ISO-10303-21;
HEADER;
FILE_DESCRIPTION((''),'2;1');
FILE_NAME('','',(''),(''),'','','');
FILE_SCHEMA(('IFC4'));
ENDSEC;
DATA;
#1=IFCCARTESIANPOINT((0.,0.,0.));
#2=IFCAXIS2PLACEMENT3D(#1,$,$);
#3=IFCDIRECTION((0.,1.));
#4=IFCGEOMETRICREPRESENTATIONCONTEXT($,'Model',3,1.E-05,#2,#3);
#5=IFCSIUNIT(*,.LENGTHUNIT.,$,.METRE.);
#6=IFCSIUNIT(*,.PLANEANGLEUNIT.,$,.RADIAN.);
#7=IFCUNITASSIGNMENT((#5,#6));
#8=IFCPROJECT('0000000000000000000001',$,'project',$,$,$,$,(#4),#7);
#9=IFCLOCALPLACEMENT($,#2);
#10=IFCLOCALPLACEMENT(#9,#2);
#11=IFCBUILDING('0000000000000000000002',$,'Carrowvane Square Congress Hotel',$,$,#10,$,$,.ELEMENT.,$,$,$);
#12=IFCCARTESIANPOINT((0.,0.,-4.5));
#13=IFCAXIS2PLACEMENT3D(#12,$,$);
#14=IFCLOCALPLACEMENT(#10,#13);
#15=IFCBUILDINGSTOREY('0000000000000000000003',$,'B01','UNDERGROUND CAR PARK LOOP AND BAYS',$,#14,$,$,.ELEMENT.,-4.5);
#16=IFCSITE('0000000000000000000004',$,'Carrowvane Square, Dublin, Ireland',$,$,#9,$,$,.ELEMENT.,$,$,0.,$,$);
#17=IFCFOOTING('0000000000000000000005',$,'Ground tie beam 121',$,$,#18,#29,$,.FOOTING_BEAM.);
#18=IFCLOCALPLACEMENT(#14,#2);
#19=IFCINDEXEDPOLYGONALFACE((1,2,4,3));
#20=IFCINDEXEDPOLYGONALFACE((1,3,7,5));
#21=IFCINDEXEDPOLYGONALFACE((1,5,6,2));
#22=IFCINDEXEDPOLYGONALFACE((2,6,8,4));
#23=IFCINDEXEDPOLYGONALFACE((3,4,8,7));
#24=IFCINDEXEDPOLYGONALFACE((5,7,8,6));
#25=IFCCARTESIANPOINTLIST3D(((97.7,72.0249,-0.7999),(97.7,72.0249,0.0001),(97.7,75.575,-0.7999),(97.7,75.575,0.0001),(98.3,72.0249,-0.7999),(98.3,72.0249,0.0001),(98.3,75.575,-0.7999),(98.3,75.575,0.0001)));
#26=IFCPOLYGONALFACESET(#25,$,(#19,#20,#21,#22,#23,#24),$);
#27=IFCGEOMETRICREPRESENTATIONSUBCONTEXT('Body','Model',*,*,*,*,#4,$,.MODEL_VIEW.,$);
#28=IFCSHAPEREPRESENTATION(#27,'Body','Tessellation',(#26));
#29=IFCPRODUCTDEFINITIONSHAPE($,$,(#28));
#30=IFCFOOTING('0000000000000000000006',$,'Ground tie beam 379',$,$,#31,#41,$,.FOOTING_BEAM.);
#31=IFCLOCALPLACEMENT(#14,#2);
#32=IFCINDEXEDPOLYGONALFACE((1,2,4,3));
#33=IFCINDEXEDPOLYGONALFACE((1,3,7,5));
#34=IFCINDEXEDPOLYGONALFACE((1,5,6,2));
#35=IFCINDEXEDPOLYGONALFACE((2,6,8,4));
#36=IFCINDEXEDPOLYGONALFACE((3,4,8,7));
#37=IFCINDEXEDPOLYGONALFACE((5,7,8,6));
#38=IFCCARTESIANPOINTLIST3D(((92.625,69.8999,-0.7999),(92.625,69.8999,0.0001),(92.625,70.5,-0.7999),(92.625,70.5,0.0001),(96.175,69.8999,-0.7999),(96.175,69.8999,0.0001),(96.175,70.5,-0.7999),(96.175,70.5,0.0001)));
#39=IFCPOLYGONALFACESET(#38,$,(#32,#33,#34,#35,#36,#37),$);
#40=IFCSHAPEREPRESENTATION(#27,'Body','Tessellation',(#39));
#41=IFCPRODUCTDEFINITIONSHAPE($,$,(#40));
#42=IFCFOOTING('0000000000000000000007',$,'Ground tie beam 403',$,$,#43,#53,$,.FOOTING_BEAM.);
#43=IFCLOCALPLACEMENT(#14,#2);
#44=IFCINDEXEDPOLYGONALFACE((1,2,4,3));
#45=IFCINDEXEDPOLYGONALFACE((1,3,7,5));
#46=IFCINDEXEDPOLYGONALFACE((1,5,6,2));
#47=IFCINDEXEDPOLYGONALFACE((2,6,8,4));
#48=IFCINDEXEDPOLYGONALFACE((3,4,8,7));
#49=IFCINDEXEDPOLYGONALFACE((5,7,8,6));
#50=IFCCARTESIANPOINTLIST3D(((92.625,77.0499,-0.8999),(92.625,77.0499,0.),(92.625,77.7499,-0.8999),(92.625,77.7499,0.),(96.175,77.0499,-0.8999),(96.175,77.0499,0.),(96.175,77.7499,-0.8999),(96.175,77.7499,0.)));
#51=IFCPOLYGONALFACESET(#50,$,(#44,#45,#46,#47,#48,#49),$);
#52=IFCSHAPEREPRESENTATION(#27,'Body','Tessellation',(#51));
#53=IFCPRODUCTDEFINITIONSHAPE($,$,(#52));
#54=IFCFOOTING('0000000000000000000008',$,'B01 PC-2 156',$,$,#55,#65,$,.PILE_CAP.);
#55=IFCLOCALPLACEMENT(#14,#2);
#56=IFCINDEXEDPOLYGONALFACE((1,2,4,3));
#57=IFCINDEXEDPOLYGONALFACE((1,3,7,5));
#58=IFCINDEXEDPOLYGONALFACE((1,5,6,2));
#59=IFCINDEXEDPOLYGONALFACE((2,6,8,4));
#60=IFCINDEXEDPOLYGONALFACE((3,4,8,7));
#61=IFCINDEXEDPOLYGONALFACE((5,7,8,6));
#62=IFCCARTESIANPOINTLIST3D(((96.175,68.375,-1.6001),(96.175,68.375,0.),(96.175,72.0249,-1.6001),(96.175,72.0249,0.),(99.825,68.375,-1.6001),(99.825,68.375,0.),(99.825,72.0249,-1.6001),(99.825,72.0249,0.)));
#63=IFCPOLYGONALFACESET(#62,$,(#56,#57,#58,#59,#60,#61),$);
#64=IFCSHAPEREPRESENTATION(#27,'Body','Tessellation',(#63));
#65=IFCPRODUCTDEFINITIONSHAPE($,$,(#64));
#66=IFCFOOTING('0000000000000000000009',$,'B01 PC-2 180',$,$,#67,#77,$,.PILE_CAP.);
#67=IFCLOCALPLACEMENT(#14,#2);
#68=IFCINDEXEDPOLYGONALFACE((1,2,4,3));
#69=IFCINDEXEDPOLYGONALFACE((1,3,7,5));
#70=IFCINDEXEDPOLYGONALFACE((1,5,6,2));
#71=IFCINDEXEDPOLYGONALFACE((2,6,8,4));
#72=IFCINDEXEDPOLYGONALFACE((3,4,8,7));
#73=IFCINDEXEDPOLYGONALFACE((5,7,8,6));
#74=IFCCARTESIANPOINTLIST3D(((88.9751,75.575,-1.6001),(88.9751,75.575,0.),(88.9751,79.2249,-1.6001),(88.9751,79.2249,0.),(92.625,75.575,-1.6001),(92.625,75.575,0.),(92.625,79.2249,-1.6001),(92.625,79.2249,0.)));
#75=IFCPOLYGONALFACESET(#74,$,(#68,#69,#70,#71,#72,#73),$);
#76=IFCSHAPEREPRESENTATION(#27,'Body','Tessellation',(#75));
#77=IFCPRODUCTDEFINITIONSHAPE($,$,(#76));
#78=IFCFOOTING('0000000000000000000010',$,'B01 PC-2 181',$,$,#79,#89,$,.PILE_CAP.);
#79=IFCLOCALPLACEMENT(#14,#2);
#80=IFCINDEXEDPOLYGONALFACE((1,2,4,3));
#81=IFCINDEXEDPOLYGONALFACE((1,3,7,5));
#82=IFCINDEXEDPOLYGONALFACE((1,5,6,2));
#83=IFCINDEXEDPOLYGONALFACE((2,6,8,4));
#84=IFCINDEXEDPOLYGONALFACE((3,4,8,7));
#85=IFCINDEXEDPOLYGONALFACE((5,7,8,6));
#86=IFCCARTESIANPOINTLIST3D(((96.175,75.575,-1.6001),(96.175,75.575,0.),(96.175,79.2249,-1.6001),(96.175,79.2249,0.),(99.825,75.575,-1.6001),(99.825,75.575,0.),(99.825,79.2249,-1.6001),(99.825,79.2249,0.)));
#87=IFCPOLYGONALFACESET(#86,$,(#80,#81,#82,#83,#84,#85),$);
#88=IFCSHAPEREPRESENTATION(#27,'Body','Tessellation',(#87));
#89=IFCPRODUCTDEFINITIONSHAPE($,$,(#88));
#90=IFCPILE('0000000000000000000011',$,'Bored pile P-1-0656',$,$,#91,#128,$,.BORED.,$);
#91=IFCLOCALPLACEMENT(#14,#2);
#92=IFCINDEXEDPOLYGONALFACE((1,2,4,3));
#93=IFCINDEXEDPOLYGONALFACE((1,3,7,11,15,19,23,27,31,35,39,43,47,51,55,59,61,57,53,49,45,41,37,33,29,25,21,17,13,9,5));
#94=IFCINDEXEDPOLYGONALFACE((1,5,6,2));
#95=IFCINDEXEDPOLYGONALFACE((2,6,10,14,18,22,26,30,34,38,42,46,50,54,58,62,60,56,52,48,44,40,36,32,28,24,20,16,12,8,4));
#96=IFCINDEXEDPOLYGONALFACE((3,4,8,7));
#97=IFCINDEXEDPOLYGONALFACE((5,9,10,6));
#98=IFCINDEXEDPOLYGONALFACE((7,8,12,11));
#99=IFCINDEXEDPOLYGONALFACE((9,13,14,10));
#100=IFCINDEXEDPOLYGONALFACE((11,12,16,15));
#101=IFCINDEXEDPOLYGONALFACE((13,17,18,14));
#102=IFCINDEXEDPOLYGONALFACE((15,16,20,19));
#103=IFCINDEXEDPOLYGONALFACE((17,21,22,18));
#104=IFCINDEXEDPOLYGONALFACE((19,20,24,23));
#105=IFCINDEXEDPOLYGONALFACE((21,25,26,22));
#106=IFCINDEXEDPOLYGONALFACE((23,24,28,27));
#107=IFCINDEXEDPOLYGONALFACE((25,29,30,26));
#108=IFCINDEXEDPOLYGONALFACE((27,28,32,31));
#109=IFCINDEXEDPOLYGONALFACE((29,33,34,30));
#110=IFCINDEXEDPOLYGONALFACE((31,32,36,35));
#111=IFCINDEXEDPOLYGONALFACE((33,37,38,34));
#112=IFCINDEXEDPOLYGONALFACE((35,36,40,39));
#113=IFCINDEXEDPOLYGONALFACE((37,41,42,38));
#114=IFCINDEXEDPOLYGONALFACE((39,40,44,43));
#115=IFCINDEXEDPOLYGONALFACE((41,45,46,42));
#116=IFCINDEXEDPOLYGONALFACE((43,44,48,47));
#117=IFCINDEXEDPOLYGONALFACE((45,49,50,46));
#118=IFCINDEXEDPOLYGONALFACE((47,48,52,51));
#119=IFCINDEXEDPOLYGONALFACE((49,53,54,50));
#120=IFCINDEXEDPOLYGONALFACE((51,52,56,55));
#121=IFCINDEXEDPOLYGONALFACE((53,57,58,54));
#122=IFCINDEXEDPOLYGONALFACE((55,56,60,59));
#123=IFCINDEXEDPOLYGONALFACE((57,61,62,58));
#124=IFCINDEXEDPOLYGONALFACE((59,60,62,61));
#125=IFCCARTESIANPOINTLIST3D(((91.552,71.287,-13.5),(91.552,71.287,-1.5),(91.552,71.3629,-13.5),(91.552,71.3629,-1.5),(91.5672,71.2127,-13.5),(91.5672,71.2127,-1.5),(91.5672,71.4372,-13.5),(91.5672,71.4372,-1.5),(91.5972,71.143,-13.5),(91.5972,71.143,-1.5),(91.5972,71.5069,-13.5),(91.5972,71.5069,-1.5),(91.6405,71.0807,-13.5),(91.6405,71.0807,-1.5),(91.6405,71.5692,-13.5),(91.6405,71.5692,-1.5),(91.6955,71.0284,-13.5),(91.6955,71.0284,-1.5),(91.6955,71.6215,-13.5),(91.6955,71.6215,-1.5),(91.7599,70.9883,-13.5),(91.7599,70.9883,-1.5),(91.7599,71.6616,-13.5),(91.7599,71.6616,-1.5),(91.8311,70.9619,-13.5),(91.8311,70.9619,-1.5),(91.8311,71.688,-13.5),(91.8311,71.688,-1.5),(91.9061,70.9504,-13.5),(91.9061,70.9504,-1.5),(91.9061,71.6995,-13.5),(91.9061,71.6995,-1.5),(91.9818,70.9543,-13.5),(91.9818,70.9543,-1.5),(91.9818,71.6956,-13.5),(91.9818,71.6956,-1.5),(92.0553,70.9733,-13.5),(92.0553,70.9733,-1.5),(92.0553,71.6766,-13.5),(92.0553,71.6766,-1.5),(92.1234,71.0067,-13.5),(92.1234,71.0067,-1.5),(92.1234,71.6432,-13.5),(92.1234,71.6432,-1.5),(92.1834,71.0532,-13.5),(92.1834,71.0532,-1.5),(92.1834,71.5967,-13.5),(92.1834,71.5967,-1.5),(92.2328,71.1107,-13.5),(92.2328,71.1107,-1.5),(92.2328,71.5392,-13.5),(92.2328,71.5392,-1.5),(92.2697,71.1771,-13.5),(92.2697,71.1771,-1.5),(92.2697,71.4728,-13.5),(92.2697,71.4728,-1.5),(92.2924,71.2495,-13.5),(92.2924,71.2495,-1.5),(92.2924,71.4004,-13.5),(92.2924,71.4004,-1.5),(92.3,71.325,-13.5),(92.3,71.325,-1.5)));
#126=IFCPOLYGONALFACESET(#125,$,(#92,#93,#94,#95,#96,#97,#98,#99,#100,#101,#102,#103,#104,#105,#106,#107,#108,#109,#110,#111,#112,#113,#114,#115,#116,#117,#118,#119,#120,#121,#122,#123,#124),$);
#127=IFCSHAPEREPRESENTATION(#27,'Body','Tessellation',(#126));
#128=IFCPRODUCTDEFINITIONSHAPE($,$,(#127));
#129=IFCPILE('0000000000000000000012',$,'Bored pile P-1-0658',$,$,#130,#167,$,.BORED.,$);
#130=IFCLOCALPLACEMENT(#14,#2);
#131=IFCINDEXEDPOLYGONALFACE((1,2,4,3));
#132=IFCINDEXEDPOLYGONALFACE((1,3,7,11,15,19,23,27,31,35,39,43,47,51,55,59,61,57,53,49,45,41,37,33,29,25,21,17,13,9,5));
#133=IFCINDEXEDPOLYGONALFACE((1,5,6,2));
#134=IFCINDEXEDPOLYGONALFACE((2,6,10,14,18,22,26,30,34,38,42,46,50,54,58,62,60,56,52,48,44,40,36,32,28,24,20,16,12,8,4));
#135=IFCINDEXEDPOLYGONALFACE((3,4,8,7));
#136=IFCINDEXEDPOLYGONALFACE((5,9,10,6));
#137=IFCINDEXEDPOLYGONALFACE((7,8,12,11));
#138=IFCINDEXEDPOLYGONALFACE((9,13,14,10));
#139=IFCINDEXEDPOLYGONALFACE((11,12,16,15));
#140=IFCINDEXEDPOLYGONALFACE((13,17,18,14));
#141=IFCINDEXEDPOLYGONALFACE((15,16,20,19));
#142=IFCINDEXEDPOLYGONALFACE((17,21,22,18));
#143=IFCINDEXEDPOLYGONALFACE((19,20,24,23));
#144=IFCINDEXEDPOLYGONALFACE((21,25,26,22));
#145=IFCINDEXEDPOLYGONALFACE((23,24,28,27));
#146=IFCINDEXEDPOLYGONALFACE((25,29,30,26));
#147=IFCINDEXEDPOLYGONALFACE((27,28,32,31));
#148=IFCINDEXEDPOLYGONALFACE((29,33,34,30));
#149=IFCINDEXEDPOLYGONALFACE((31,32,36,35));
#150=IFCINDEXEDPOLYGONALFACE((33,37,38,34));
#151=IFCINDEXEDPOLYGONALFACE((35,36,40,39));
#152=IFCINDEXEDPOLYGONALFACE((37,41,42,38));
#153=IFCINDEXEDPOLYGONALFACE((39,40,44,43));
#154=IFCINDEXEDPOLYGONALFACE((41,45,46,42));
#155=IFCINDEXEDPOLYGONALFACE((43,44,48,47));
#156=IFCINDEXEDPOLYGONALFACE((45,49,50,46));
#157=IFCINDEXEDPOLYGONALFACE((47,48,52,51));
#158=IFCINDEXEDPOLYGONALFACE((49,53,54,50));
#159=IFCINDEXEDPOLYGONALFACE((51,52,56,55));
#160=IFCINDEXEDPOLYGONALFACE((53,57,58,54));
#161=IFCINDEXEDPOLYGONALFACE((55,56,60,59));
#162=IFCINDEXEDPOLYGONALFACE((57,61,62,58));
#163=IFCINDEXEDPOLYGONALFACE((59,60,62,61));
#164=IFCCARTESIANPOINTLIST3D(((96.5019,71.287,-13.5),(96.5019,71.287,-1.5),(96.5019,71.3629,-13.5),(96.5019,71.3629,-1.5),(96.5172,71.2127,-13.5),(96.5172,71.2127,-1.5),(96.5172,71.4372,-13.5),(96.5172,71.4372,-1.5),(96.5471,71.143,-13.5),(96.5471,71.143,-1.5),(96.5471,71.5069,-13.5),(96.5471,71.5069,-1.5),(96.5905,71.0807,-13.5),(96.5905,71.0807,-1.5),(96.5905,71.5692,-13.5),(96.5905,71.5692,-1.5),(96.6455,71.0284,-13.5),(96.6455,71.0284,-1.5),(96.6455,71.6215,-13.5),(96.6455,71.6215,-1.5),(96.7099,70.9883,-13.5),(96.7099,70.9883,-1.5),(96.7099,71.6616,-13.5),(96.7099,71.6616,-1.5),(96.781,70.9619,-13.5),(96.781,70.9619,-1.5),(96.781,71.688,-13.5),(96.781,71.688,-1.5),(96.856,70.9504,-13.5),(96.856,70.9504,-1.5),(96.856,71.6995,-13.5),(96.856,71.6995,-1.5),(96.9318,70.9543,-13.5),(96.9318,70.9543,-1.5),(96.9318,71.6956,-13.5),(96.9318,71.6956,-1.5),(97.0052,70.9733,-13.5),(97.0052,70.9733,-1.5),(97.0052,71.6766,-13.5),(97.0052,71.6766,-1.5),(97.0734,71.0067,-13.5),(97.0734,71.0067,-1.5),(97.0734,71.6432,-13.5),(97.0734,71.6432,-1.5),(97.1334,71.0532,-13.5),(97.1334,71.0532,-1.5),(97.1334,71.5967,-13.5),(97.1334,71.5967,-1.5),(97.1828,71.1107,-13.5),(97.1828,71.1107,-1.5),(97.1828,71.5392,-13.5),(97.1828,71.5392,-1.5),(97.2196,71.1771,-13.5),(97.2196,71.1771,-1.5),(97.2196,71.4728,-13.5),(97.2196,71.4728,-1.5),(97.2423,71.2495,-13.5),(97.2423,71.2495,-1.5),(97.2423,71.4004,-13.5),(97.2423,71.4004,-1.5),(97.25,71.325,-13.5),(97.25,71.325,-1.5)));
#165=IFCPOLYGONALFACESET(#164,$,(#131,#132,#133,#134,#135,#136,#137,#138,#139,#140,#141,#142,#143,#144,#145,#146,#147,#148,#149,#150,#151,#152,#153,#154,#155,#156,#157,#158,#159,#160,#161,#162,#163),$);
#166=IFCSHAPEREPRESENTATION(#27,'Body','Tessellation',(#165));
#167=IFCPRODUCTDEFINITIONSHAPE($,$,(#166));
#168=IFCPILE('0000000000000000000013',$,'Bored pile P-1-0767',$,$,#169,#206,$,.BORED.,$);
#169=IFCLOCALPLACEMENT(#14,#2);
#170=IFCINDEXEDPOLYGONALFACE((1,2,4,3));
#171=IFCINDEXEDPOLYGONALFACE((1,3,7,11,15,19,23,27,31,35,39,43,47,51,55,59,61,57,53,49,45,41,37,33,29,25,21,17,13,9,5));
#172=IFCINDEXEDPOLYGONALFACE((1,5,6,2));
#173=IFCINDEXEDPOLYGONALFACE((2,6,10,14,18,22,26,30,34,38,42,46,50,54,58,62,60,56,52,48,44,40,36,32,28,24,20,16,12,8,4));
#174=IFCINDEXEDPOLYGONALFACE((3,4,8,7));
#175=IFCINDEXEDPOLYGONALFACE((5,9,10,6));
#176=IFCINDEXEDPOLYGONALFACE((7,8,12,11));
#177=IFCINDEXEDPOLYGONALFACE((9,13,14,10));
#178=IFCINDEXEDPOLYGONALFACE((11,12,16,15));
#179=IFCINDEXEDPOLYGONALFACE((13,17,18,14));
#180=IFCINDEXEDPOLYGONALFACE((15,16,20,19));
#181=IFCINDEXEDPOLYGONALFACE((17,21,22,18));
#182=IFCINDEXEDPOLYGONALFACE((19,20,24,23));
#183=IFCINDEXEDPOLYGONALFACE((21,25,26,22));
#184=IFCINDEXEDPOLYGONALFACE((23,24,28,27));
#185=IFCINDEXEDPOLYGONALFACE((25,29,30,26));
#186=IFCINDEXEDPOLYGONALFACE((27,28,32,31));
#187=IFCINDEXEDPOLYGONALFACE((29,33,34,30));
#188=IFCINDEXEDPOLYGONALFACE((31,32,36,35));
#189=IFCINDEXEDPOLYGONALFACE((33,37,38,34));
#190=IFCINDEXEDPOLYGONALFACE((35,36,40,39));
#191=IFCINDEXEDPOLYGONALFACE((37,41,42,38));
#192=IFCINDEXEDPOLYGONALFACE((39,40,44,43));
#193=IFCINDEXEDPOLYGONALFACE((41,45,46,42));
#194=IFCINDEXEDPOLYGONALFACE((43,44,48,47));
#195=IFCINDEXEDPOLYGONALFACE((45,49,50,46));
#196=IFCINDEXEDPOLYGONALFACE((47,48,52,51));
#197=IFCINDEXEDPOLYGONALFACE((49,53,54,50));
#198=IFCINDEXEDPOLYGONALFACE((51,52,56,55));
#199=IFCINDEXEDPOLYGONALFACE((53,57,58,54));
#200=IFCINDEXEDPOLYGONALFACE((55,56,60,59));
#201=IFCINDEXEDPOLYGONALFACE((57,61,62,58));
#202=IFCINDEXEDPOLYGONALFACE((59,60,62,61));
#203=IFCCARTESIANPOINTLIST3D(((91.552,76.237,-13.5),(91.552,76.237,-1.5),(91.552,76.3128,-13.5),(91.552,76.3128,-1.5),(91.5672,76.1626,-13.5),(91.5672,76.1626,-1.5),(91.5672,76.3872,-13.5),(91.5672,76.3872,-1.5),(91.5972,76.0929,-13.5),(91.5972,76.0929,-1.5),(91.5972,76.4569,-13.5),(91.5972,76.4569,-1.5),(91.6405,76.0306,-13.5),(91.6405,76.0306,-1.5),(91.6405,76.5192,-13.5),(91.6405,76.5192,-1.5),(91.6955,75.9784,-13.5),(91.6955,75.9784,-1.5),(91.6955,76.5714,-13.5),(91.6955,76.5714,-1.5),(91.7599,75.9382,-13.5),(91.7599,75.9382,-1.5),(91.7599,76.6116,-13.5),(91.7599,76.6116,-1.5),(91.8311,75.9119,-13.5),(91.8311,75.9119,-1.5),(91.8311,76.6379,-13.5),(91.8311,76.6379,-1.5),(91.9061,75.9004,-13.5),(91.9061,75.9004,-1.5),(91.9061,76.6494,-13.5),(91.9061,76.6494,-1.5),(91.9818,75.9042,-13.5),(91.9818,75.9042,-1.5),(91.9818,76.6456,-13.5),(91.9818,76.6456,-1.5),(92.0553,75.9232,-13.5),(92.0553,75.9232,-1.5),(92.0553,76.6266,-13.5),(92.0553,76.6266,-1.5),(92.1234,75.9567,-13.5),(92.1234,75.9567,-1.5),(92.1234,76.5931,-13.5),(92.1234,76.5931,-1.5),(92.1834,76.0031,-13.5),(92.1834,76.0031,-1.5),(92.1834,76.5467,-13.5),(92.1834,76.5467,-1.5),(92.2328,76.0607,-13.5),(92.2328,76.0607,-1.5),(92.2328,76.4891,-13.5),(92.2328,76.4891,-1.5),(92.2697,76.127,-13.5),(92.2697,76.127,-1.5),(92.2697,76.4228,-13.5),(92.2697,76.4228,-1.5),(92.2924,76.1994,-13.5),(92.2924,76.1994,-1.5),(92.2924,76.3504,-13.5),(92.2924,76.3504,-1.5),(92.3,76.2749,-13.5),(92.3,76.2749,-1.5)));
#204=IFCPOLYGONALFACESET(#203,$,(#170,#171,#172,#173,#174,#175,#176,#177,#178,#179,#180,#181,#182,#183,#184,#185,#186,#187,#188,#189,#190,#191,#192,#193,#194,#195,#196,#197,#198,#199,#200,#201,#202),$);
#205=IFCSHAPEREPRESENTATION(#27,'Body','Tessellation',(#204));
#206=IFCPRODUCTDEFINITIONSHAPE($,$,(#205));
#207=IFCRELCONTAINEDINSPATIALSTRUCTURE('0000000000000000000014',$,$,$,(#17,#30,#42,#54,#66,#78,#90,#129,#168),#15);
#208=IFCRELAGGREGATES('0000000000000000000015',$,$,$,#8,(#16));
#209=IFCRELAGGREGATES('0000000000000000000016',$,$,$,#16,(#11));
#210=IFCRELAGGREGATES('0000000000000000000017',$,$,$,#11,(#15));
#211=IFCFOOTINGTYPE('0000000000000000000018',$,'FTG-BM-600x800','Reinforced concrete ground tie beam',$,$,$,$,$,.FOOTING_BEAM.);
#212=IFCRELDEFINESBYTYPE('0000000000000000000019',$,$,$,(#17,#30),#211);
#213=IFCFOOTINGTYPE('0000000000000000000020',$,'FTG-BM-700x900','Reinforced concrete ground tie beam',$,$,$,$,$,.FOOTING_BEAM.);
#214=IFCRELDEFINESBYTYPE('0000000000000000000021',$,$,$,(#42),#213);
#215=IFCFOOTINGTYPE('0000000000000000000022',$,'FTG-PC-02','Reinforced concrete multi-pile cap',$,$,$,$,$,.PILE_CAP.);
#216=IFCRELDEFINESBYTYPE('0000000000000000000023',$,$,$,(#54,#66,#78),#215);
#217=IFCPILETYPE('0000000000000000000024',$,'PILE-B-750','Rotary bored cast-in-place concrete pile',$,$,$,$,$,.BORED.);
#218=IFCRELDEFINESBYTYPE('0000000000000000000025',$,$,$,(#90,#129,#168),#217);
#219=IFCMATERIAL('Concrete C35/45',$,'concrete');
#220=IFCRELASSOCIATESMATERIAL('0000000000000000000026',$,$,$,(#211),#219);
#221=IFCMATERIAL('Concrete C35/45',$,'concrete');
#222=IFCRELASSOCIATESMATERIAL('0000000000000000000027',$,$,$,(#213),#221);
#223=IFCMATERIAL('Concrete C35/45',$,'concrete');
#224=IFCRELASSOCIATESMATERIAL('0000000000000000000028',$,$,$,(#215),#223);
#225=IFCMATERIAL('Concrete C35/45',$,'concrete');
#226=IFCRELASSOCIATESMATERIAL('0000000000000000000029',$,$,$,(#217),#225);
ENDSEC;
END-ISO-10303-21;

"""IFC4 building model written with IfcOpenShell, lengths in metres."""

from ifc_helpers import new_model, si_unit, direction, frame, origin, origin_2d, place, context, subcontext, project, spatial, rectangle, circle, extrude, material, material_profile, profile_set, type_object, element, save


model = new_model("IFC4")

# Units and contexts
model_context = context("Model", 3, precision=1e-05, world=origin(), true_north=direction((0.0, 1.0)))
body_context = subcontext(model_context, "Body", "Model", "MODEL_VIEW")
ifc_project = project(units=[si_unit("LENGTHUNIT", "METRE"), si_unit("PLANEANGLEUNIT", "RADIAN")], contexts=[model_context])

# Site, building, storey
site_placement = place(None, origin())
site = spatial("IfcSite", under=ifc_project, at=site_placement, Name="Carrowvane Square, Dublin, Ireland", CompositionType="ELEMENT", RefElevation=0.0)
building_placement = place(site_placement, origin())
building = spatial("IfcBuilding", under=site, at=building_placement, Name="Carrowvane Square Congress Hotel", CompositionType="ELEMENT")
storey_placement = place(building_placement, frame((0.0, 0.0, -4.5)))
storey = spatial("IfcBuildingStorey", under=building, at=storey_placement, Name="B01", Description="UNDERGROUND CAR PARK LOOP AND BAYS", CompositionType="ELEMENT", Elevation=-4.5)

# Footings
ifc_material_1 = material(Name="Concrete C35/45", Category="concrete")
ifc_material_profile_1 = material_profile(ifc_material_1, rectangle(XDim=0.6001, YDim=0.8, at=origin_2d()), Name="RC 600x800")
ifc_profile_set_1 = profile_set([ifc_material_profile_1], Name="Concrete C35/45")
footing_type_1 = type_object("IfcFootingType", Name="FTG-BM-600x800", Description="Reinforced concrete ground tie beam", PredefinedType="FOOTING_BEAM", material=ifc_profile_set_1)
for number, where, z_axis, x_axis, name in (
    (1, (98.0, 72.0249, -0.3999), (0.0, 1.0, 0.0), (-1.0, 0.0, 0.0), "Ground tie beam 121"),
    (2, (92.625, 70.2, -0.3999), (1.0, 0.0, 0.0), (0.0, 1.0, 0.0), "Ground tie beam 379"),
):
    element("IfcFooting", number, at=place(storey_placement, frame(where, z_axis=z_axis, x_axis=x_axis)), inside=storey, type_object=footing_type_1, Name=name, PredefinedType="FOOTING_BEAM", context=body_context, shape_type="SweptSolid", body=[
        extrude(rectangle(XDim=0.6001, YDim=0.8, at=origin_2d()), origin(), (0.0, 0.0, 1.0), 3.55),
    ])
ifc_material_2 = material(Name="Concrete C35/45", Category="concrete")
ifc_material_profile_2 = material_profile(ifc_material_2, rectangle(XDim=0.7, YDim=0.8999, at=origin_2d()), Name="RC 700x900")
ifc_profile_set_2 = profile_set([ifc_material_profile_2], Name="Concrete C35/45")
footing_type_2 = type_object("IfcFootingType", Name="FTG-BM-700x900", Description="Reinforced concrete ground tie beam", PredefinedType="FOOTING_BEAM", material=ifc_profile_set_2)
footing_placement = place(storey_placement, frame((92.625, 77.3999, -0.45), z_axis=(1.0, 0.0, 0.0), x_axis=(0.0, 1.0, 0.0)))
element("IfcFooting", 3, at=footing_placement, inside=storey, type_object=footing_type_2, Name="Ground tie beam 403", PredefinedType="FOOTING_BEAM", context=body_context, shape_type="SweptSolid", body=[
    extrude(rectangle(XDim=0.7, YDim=0.8999, at=origin_2d()), origin(), (0.0, 0.0, 1.0), 3.55),
])
ifc_material_3 = material(Name="Concrete C35/45", Category="concrete")
footing_type_3 = type_object("IfcFootingType", Name="FTG-PC-02", Description="Reinforced concrete multi-pile cap", PredefinedType="PILE_CAP", material=ifc_material_3)
for number, where, z_axis, x_axis, name in (
    (4, (98.0, 70.2, -1.6001), (0.0, 0.0, 1.0), (1.0, 0.0, 0.0), "B01 PC-2 156"),
    (5, (90.8, 77.3999, -1.6001), (0.0, 0.0, 1.0), (1.0, 0.0, 0.0), "B01 PC-2 180"),
    (6, (98.0, 77.3999, -1.6001), (0.0, 0.0, 1.0), (1.0, 0.0, 0.0), "B01 PC-2 181"),
):
    element("IfcFooting", number, at=place(storey_placement, frame(where, z_axis=z_axis, x_axis=x_axis)), inside=storey, type_object=footing_type_3, Name=name, PredefinedType="PILE_CAP", context=body_context, shape_type="SweptSolid", body=[
        extrude(rectangle(XDim=3.6499, YDim=3.6499, at=origin_2d()), origin(), (0.0, 0.0, 1.0), 1.6001),
    ])

# Piles
ifc_material_4 = material(Name="Concrete C35/45", Category="concrete")
ifc_material_profile_3 = material_profile(ifc_material_4, circle(Radius=0.375, at=origin_2d()), Name="PILE D750")
ifc_profile_set_3 = profile_set([ifc_material_profile_3], Name="Concrete C35/45")
pile_type = type_object("IfcPileType", Name="PILE-B-750", Description="Rotary bored cast-in-place concrete pile", PredefinedType="BORED", material=ifc_profile_set_3)
for number, where, z_axis, x_axis, name in (
    (7, (91.925, 71.325, -1.5), (0.0, 0.0, -1.0), (1.0, 0.0, 0.0), "Bored pile P-1-0656"),
    (8, (96.875, 71.325, -1.5), (0.0, 0.0, -1.0), (1.0, 0.0, 0.0), "Bored pile P-1-0658"),
    (9, (91.925, 76.2749, -1.5), (0.0, 0.0, -1.0), (1.0, 0.0, 0.0), "Bored pile P-1-0767"),
):
    element("IfcPile", number, at=place(storey_placement, frame(where, z_axis=z_axis, x_axis=x_axis)), inside=storey, type_object=pile_type, Name=name, PredefinedType="BORED", context=body_context, shape_type="SweptSolid", body=[
        extrude(circle(Radius=0.375, at=origin_2d()), origin(), (0.0, 0.0, 1.0), 12.0),
    ])

save(model, "model.ifc")
